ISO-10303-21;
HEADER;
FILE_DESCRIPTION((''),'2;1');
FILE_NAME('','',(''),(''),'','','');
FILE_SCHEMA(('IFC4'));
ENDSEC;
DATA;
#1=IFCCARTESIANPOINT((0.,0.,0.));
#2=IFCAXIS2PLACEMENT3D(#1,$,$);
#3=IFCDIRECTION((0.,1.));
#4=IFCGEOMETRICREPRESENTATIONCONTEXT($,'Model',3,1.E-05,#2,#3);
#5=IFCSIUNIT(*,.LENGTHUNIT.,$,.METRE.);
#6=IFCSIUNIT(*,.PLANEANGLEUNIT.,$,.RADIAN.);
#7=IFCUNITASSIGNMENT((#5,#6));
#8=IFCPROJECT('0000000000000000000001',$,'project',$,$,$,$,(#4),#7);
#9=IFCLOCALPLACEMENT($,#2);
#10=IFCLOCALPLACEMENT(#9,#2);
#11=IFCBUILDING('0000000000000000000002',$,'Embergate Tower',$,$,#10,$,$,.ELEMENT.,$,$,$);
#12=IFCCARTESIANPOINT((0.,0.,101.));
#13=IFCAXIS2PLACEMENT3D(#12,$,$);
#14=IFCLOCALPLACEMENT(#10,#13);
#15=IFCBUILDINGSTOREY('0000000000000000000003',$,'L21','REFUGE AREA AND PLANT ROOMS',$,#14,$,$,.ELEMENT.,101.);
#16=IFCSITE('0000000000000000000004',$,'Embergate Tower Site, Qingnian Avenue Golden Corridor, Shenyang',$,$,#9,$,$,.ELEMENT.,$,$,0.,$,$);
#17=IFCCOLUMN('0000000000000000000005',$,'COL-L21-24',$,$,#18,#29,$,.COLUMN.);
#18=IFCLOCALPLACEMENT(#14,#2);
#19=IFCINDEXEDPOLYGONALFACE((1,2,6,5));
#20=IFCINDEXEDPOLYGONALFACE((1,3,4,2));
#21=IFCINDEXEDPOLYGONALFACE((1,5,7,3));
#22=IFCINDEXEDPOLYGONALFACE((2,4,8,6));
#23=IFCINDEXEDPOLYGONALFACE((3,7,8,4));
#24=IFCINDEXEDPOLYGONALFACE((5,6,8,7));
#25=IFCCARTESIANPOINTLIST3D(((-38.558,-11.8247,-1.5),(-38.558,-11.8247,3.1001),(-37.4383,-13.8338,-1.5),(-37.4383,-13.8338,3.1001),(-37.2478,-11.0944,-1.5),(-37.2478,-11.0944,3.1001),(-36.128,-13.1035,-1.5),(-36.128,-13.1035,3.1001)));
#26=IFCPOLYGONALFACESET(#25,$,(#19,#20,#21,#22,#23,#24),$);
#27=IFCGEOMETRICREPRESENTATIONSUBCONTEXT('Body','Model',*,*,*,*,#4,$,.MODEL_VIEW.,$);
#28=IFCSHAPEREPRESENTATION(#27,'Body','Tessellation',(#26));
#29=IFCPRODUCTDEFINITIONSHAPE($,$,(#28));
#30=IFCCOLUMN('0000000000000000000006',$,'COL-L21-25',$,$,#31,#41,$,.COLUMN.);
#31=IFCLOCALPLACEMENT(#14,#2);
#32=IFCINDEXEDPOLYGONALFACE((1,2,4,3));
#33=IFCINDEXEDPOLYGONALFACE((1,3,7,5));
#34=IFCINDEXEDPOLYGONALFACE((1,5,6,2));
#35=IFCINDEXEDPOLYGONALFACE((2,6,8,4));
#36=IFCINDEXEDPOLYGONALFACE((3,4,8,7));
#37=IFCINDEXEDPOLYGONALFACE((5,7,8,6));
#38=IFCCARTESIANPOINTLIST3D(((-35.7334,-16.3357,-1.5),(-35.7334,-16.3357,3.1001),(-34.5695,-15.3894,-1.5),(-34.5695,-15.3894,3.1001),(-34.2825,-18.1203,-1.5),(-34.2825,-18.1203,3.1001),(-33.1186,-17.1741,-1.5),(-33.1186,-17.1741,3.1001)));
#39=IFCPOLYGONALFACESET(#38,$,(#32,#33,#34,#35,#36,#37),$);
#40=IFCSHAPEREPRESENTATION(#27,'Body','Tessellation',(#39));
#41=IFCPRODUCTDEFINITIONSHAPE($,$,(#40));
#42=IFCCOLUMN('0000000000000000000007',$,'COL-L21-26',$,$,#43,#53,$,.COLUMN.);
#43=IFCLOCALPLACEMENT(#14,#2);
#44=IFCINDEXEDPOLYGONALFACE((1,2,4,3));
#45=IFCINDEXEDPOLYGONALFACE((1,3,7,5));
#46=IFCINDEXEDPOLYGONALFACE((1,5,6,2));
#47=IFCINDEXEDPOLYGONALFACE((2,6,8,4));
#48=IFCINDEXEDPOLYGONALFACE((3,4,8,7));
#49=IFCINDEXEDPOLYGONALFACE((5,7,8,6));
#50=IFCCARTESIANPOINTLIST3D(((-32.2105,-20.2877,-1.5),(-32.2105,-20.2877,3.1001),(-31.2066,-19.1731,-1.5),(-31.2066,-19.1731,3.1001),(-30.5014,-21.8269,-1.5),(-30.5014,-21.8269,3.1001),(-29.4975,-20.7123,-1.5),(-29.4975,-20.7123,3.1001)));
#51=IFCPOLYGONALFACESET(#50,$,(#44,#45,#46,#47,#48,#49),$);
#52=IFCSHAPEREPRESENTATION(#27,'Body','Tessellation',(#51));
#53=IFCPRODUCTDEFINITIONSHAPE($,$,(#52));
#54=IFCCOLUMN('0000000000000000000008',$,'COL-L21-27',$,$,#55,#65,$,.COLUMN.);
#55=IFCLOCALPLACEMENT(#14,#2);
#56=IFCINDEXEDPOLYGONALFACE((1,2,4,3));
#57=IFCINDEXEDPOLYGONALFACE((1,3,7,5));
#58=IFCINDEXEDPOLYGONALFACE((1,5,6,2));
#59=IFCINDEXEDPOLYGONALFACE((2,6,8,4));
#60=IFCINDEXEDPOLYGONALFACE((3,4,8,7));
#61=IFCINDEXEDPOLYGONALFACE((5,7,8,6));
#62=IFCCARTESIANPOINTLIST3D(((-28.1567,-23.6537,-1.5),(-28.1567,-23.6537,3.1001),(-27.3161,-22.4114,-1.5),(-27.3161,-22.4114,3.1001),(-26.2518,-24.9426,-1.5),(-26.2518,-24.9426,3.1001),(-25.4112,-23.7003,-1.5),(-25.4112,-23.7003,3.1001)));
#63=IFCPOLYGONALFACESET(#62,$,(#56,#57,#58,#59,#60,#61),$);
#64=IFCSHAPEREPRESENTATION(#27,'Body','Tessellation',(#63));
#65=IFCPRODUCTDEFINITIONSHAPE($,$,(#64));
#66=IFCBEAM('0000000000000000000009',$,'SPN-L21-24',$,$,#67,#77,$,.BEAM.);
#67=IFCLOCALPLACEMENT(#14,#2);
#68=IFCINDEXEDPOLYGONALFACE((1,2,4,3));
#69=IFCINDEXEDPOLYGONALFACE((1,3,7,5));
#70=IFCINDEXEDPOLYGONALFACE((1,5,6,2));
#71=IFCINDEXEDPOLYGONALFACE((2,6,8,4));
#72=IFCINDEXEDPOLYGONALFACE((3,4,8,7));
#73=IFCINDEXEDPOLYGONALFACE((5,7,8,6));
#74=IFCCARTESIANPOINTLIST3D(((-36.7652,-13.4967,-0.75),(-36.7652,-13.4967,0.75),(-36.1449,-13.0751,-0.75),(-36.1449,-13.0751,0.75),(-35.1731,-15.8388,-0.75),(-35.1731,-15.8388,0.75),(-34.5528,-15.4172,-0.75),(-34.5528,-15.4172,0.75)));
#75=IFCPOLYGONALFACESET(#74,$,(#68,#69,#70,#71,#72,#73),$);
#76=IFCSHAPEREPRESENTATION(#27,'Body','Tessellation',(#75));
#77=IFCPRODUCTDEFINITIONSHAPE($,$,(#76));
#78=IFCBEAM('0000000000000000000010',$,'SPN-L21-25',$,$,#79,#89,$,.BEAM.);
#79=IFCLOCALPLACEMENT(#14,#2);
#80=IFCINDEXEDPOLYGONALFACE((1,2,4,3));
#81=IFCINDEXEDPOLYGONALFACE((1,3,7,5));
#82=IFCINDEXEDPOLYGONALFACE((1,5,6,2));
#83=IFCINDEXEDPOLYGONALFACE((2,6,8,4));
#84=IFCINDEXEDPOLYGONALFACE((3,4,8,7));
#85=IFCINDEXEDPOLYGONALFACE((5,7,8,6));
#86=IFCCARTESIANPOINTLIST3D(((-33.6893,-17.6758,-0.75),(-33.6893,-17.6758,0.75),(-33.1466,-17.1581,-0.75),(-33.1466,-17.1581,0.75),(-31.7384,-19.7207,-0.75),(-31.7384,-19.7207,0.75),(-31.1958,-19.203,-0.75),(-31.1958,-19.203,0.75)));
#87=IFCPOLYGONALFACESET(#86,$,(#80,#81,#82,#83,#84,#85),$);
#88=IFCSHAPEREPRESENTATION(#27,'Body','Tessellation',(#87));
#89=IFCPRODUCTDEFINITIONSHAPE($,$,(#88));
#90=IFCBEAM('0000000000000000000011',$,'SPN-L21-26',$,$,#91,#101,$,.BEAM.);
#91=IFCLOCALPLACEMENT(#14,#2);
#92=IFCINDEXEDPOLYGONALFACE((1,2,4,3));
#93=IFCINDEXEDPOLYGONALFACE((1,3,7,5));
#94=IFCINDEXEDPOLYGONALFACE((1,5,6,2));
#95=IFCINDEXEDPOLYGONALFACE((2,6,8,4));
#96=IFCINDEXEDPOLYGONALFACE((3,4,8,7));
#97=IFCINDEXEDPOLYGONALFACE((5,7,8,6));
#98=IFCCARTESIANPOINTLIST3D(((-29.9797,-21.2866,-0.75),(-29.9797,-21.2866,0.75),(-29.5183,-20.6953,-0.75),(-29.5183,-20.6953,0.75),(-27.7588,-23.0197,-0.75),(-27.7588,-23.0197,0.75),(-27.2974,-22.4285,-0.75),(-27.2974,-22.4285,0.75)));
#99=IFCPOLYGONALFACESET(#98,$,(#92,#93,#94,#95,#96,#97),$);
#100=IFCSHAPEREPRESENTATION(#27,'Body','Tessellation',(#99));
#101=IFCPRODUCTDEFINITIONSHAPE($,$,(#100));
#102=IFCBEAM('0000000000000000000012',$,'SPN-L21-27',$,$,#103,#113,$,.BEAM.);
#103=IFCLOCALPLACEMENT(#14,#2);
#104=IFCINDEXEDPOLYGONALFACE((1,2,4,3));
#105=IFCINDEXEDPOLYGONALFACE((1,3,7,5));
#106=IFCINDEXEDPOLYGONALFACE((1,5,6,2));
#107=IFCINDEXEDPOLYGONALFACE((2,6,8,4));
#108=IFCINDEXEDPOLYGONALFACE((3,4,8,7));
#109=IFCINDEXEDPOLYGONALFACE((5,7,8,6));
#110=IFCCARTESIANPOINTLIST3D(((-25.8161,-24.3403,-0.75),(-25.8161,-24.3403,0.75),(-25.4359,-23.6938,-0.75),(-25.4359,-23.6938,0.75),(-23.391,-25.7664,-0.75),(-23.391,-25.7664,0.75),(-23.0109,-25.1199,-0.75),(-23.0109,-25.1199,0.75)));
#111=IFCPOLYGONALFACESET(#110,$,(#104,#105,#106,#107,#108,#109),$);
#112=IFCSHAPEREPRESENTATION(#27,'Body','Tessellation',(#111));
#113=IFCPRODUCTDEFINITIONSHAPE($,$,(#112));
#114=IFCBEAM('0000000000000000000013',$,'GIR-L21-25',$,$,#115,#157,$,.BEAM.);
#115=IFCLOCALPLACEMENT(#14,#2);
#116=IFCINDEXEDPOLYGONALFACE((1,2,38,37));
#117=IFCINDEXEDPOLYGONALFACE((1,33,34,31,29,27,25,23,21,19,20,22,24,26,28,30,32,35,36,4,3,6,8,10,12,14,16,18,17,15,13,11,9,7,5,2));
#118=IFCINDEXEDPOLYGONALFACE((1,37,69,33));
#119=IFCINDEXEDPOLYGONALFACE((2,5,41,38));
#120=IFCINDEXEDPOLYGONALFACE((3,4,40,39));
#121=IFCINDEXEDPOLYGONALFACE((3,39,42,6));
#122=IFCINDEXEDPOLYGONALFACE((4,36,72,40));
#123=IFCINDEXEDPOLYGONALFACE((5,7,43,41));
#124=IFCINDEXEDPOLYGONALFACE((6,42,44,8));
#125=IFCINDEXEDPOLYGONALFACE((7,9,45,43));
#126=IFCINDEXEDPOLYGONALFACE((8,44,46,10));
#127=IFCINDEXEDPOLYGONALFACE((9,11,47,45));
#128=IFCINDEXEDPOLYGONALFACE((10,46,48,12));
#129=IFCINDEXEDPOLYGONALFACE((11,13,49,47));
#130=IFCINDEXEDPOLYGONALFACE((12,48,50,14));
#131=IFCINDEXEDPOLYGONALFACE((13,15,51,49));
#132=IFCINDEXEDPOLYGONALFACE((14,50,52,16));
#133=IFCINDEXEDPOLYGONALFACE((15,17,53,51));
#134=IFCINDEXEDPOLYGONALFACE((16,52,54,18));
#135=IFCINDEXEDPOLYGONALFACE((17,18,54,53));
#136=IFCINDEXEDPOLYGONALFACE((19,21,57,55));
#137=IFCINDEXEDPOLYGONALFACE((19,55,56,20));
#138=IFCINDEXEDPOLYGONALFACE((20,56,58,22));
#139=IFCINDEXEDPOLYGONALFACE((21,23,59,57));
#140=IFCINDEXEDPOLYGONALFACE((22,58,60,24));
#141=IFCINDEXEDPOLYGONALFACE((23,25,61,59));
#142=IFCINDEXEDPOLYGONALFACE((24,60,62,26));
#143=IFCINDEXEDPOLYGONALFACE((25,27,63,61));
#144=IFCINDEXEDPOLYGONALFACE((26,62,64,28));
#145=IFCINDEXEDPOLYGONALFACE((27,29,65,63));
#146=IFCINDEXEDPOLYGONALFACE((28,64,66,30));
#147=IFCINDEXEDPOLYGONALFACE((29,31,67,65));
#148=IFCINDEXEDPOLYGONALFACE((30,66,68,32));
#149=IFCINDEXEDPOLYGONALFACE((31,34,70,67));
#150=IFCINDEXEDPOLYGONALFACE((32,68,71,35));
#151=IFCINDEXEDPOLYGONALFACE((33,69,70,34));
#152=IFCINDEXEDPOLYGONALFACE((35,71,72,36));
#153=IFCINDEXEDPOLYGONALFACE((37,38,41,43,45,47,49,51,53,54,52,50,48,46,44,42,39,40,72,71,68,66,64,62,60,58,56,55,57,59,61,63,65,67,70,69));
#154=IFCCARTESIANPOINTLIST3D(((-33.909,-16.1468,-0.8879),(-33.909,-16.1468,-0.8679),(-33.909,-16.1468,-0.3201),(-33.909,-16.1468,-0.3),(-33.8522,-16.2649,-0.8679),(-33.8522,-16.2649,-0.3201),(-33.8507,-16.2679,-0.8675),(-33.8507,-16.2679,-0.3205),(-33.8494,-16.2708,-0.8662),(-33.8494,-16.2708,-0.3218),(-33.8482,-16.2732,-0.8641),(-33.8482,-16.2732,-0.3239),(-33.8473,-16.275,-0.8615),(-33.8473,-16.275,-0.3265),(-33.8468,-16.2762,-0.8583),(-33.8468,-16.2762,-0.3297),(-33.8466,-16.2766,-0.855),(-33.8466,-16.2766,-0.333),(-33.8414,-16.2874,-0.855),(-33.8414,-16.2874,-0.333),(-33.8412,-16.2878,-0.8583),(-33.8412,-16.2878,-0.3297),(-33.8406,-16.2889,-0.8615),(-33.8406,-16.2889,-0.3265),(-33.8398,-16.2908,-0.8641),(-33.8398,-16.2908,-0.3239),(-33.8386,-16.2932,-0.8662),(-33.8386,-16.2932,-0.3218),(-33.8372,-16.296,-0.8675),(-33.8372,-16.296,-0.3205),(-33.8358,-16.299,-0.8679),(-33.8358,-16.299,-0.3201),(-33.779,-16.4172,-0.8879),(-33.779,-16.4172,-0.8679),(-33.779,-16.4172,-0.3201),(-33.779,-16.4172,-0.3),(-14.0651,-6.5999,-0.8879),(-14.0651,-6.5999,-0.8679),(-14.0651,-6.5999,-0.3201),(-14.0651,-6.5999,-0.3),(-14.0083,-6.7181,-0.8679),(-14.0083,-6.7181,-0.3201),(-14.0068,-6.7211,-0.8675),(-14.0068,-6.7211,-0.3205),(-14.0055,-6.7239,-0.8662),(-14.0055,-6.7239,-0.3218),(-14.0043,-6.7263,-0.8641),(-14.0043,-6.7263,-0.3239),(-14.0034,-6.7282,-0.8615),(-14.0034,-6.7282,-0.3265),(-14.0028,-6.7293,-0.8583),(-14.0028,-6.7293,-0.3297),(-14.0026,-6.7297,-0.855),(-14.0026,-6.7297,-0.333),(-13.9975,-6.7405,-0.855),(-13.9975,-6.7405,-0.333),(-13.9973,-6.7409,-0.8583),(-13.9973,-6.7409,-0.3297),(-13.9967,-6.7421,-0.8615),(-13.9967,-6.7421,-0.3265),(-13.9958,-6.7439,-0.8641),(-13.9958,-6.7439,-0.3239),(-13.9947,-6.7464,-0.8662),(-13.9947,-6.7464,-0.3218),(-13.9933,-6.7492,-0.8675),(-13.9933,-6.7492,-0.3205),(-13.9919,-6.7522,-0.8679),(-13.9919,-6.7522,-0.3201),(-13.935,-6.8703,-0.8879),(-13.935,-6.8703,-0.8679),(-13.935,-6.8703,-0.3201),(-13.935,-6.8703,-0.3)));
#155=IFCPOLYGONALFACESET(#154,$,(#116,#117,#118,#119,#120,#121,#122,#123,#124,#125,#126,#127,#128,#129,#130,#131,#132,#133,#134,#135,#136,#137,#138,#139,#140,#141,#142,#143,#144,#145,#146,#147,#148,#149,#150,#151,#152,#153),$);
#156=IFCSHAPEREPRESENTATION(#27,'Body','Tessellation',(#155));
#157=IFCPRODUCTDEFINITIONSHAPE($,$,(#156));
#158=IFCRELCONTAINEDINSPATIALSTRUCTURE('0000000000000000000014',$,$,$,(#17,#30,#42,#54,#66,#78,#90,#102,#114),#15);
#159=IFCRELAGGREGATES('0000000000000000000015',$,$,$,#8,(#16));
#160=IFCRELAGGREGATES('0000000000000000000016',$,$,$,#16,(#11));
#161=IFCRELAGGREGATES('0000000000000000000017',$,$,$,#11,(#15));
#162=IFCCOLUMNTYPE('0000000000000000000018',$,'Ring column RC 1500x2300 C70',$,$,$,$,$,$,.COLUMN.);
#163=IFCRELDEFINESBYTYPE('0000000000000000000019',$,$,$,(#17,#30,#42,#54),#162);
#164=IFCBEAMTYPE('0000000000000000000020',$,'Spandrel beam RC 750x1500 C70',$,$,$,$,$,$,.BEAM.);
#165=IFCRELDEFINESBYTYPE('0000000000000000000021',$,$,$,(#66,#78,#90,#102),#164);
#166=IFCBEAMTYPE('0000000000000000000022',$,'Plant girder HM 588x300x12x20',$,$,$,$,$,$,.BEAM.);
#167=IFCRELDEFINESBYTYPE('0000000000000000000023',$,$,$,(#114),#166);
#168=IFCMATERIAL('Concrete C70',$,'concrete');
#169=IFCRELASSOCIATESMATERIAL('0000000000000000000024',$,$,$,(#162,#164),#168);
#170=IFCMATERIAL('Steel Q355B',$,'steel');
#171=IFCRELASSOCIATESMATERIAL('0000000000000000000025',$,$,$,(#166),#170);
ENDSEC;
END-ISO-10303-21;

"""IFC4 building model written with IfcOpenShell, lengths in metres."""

from ifc_helpers import new_model, si_unit, direction, frame, origin, origin_2d, place, context, subcontext, project, spatial, rectangle, i_section, extrude, source, transform, mapped, material, material_profile, profile_set, type_object, element, save


model = new_model("IFC4")

# Units and contexts
model_context = context("Model", 3, precision=1e-05, world=origin(), true_north=direction((0.0, 1.0)))
body_context = subcontext(model_context, "Body", "Model", "MODEL_VIEW")
ifc_project = project(units=[si_unit("LENGTHUNIT", "METRE"), si_unit("PLANEANGLEUNIT", "RADIAN")], contexts=[model_context])

# Site, building, storey
site_placement = place(None, origin())
site = spatial("IfcSite", under=ifc_project, at=site_placement, Name="Embergate Tower Site, Qingnian Avenue Golden Corridor, Shenyang", CompositionType="ELEMENT", RefElevation=0.0)
building_placement = place(site_placement, origin())
building = spatial("IfcBuilding", under=site, at=building_placement, Name="Embergate Tower", CompositionType="ELEMENT")
storey_placement = place(building_placement, frame((0.0, 0.0, 101.0)))
storey = spatial("IfcBuildingStorey", under=building, at=storey_placement, Name="L21", Description="REFUGE AREA AND PLANT ROOMS", CompositionType="ELEMENT", Elevation=101.0)

# Columns
ifc_material_1 = material(Name="Concrete C70", Category="concrete")
ifc_material_profile_1 = material_profile(ifc_material_1, rectangle(XDim=1.5, YDim=2.3, at=origin_2d()), Name="RC 1500x2300")
ifc_profile_set_1 = profile_set([ifc_material_profile_1], Name="Concrete C70")
column_type = type_object("IfcColumnType", Name="Ring column RC 1500x2300 C70", PredefinedType="COLUMN", material=ifc_profile_set_1)
shared_shape_1 = source(origin(), body_context, "Body", "SweptSolid", [
    extrude(rectangle(XDim=1.5, YDim=2.3, at=origin_2d()), origin(), (0.0, 0.0, 1.0), 4.6001),
])
for number, where, z_axis, x_axis, name in (
    (1, (-37.343, -12.4641, -1.5), (0.0, 0.0, 1.0), (-0.8735, -0.486823, 0.0), "COL-L21-24"),
    (2, (-34.426, -16.7549, -1.5), (0.0, 0.0, 1.0), (-0.775925, -0.630825, 0.0), "COL-L21-25"),
    (3, (-30.854, -20.5, -1.5), (0.0, 0.0, 1.0), (-0.669221, -0.743063, 0.0), "COL-L21-26"),
    (4, (-26.7839, -23.677, -1.5), (0.0, 0.0, 1.0), (-0.560408, -0.828217, 0.0), "COL-L21-27"),
):
    element("IfcColumn", number, at=place(storey_placement, frame(where, z_axis=z_axis, x_axis=x_axis)), inside=storey, type_object=column_type, Name=name, PredefinedType="COLUMN", context=body_context, shape_type="MappedRepresentation", body=[
        mapped(shared_shape_1, transform((0.0, 0.0, 0.0))),
    ])

# Beams
ifc_material_profile_2 = material_profile(ifc_material_1, rectangle(XDim=0.75, YDim=1.5, at=origin_2d()), Name="RC 750x1500")
ifc_profile_set_2 = profile_set([ifc_material_profile_2], Name="Concrete C70")
beam_type_1 = type_object("IfcBeamType", Name="Spandrel beam RC 750x1500 C70", PredefinedType="BEAM", material=ifc_profile_set_2)
shared_shape_2 = source(origin(), body_context, "Body", "SweptSolid", [
    extrude(rectangle(XDim=0.75, YDim=1.5, at=origin_2d()), origin(), (0.0, 0.0, 1.0), 2.832),
])
beam_1_placement = place(storey_placement, frame((-36.4551, -13.2859, 0.0), z_axis=(0.562178, -0.827016, 0.0), x_axis=(0.827016, 0.562178, 0.0)))
element("IfcBeam", 5, at=beam_1_placement, inside=storey, type_object=beam_type_1, Name="SPN-L21-24", PredefinedType="BEAM", context=body_context, shape_type="MappedRepresentation", body=[
    mapped(shared_shape_2, transform((0.0, 0.0, 0.0))),
])
shared_shape_3 = source(origin(), body_context, "Body", "SweptSolid", [
    extrude(rectangle(XDim=0.75, YDim=1.5, at=origin_2d()), origin(), (0.0, 0.0, 1.0), 2.8262),
])
beam_2_placement = place(storey_placement, frame((-33.418, -17.417, 0.0), z_axis=(0.690283, -0.72354, 0.0), x_axis=(0.72354, 0.690283, 0.0)))
element("IfcBeam", 6, at=beam_2_placement, inside=storey, type_object=beam_type_1, Name="SPN-L21-25", PredefinedType="BEAM", context=body_context, shape_type="MappedRepresentation", body=[
    mapped(shared_shape_3, transform((0.0, 0.0, 0.0))),
])
shared_shape_4 = source(origin(), body_context, "Body", "SweptSolid", [
    extrude(rectangle(XDim=0.75, YDim=1.5, at=origin_2d()), origin(), (0.0, 0.0, 1.0), 2.8171),
])
beam_3_placement = place(storey_placement, frame((-29.749, -20.991, 0.0), z_axis=(0.788362, -0.615212, 0.0), x_axis=(0.615212, 0.788362, 0.0)))
element("IfcBeam", 7, at=beam_3_placement, inside=storey, type_object=beam_type_1, Name="SPN-L21-26", PredefinedType="BEAM", context=body_context, shape_type="MappedRepresentation", body=[
    mapped(shared_shape_4, transform((0.0, 0.0, 0.0))),
])
shared_shape_5 = source(origin(), body_context, "Body", "SweptSolid", [
    extrude(rectangle(XDim=0.75, YDim=1.5, at=origin_2d()), origin(), (0.0, 0.0, 1.0), 2.8132),
])
beam_4_placement = place(storey_placement, frame((-25.626, -24.0171, 0.0), z_axis=(0.862008, -0.506895, 0.0), x_axis=(0.506895, 0.862008, 0.0)))
element("IfcBeam", 8, at=beam_4_placement, inside=storey, type_object=beam_type_1, Name="SPN-L21-27", PredefinedType="BEAM", context=body_context, shape_type="MappedRepresentation", body=[
    mapped(shared_shape_5, transform((0.0, 0.0, 0.0))),
])
ifc_material_2 = material(Name="Steel Q355B", Category="steel")
ifc_material_profile_3 = material_profile(ifc_material_2, i_section(OverallWidth=0.3, OverallDepth=0.5879, WebThickness=0.012, FlangeThickness=0.02, FilletRadius=0.0129, at=origin_2d()), Name="HM 588x300x12x20")
ifc_profile_set_3 = profile_set([ifc_material_profile_3], Name="Steel Q355 grade B")
beam_type_2 = type_object("IfcBeamType", Name="Plant girder HM 588x300x12x20", PredefinedType="BEAM", material=ifc_profile_set_3)
shared_shape_6 = source(origin(), body_context, "Body", "SweptSolid", [
    extrude(i_section(OverallWidth=0.3, OverallDepth=0.5879, WebThickness=0.012, FlangeThickness=0.02, FilletRadius=0.0129, at=origin_2d()), origin(), (0.0, 0.0, 1.0), 22.021),
])
beam_5_placement = place(storey_placement, frame((-33.844, -16.282, -0.594), z_axis=(0.901137, 0.433534, 0.0), x_axis=(-0.433534, 0.901137, 0.0)))
element("IfcBeam", 9, at=beam_5_placement, inside=storey, type_object=beam_type_2, Name="GIR-L21-25", PredefinedType="BEAM", context=body_context, shape_type="MappedRepresentation", body=[
    mapped(shared_shape_6, transform((0.0, 0.0, 0.0))),
])

save(model, "model.ifc")
